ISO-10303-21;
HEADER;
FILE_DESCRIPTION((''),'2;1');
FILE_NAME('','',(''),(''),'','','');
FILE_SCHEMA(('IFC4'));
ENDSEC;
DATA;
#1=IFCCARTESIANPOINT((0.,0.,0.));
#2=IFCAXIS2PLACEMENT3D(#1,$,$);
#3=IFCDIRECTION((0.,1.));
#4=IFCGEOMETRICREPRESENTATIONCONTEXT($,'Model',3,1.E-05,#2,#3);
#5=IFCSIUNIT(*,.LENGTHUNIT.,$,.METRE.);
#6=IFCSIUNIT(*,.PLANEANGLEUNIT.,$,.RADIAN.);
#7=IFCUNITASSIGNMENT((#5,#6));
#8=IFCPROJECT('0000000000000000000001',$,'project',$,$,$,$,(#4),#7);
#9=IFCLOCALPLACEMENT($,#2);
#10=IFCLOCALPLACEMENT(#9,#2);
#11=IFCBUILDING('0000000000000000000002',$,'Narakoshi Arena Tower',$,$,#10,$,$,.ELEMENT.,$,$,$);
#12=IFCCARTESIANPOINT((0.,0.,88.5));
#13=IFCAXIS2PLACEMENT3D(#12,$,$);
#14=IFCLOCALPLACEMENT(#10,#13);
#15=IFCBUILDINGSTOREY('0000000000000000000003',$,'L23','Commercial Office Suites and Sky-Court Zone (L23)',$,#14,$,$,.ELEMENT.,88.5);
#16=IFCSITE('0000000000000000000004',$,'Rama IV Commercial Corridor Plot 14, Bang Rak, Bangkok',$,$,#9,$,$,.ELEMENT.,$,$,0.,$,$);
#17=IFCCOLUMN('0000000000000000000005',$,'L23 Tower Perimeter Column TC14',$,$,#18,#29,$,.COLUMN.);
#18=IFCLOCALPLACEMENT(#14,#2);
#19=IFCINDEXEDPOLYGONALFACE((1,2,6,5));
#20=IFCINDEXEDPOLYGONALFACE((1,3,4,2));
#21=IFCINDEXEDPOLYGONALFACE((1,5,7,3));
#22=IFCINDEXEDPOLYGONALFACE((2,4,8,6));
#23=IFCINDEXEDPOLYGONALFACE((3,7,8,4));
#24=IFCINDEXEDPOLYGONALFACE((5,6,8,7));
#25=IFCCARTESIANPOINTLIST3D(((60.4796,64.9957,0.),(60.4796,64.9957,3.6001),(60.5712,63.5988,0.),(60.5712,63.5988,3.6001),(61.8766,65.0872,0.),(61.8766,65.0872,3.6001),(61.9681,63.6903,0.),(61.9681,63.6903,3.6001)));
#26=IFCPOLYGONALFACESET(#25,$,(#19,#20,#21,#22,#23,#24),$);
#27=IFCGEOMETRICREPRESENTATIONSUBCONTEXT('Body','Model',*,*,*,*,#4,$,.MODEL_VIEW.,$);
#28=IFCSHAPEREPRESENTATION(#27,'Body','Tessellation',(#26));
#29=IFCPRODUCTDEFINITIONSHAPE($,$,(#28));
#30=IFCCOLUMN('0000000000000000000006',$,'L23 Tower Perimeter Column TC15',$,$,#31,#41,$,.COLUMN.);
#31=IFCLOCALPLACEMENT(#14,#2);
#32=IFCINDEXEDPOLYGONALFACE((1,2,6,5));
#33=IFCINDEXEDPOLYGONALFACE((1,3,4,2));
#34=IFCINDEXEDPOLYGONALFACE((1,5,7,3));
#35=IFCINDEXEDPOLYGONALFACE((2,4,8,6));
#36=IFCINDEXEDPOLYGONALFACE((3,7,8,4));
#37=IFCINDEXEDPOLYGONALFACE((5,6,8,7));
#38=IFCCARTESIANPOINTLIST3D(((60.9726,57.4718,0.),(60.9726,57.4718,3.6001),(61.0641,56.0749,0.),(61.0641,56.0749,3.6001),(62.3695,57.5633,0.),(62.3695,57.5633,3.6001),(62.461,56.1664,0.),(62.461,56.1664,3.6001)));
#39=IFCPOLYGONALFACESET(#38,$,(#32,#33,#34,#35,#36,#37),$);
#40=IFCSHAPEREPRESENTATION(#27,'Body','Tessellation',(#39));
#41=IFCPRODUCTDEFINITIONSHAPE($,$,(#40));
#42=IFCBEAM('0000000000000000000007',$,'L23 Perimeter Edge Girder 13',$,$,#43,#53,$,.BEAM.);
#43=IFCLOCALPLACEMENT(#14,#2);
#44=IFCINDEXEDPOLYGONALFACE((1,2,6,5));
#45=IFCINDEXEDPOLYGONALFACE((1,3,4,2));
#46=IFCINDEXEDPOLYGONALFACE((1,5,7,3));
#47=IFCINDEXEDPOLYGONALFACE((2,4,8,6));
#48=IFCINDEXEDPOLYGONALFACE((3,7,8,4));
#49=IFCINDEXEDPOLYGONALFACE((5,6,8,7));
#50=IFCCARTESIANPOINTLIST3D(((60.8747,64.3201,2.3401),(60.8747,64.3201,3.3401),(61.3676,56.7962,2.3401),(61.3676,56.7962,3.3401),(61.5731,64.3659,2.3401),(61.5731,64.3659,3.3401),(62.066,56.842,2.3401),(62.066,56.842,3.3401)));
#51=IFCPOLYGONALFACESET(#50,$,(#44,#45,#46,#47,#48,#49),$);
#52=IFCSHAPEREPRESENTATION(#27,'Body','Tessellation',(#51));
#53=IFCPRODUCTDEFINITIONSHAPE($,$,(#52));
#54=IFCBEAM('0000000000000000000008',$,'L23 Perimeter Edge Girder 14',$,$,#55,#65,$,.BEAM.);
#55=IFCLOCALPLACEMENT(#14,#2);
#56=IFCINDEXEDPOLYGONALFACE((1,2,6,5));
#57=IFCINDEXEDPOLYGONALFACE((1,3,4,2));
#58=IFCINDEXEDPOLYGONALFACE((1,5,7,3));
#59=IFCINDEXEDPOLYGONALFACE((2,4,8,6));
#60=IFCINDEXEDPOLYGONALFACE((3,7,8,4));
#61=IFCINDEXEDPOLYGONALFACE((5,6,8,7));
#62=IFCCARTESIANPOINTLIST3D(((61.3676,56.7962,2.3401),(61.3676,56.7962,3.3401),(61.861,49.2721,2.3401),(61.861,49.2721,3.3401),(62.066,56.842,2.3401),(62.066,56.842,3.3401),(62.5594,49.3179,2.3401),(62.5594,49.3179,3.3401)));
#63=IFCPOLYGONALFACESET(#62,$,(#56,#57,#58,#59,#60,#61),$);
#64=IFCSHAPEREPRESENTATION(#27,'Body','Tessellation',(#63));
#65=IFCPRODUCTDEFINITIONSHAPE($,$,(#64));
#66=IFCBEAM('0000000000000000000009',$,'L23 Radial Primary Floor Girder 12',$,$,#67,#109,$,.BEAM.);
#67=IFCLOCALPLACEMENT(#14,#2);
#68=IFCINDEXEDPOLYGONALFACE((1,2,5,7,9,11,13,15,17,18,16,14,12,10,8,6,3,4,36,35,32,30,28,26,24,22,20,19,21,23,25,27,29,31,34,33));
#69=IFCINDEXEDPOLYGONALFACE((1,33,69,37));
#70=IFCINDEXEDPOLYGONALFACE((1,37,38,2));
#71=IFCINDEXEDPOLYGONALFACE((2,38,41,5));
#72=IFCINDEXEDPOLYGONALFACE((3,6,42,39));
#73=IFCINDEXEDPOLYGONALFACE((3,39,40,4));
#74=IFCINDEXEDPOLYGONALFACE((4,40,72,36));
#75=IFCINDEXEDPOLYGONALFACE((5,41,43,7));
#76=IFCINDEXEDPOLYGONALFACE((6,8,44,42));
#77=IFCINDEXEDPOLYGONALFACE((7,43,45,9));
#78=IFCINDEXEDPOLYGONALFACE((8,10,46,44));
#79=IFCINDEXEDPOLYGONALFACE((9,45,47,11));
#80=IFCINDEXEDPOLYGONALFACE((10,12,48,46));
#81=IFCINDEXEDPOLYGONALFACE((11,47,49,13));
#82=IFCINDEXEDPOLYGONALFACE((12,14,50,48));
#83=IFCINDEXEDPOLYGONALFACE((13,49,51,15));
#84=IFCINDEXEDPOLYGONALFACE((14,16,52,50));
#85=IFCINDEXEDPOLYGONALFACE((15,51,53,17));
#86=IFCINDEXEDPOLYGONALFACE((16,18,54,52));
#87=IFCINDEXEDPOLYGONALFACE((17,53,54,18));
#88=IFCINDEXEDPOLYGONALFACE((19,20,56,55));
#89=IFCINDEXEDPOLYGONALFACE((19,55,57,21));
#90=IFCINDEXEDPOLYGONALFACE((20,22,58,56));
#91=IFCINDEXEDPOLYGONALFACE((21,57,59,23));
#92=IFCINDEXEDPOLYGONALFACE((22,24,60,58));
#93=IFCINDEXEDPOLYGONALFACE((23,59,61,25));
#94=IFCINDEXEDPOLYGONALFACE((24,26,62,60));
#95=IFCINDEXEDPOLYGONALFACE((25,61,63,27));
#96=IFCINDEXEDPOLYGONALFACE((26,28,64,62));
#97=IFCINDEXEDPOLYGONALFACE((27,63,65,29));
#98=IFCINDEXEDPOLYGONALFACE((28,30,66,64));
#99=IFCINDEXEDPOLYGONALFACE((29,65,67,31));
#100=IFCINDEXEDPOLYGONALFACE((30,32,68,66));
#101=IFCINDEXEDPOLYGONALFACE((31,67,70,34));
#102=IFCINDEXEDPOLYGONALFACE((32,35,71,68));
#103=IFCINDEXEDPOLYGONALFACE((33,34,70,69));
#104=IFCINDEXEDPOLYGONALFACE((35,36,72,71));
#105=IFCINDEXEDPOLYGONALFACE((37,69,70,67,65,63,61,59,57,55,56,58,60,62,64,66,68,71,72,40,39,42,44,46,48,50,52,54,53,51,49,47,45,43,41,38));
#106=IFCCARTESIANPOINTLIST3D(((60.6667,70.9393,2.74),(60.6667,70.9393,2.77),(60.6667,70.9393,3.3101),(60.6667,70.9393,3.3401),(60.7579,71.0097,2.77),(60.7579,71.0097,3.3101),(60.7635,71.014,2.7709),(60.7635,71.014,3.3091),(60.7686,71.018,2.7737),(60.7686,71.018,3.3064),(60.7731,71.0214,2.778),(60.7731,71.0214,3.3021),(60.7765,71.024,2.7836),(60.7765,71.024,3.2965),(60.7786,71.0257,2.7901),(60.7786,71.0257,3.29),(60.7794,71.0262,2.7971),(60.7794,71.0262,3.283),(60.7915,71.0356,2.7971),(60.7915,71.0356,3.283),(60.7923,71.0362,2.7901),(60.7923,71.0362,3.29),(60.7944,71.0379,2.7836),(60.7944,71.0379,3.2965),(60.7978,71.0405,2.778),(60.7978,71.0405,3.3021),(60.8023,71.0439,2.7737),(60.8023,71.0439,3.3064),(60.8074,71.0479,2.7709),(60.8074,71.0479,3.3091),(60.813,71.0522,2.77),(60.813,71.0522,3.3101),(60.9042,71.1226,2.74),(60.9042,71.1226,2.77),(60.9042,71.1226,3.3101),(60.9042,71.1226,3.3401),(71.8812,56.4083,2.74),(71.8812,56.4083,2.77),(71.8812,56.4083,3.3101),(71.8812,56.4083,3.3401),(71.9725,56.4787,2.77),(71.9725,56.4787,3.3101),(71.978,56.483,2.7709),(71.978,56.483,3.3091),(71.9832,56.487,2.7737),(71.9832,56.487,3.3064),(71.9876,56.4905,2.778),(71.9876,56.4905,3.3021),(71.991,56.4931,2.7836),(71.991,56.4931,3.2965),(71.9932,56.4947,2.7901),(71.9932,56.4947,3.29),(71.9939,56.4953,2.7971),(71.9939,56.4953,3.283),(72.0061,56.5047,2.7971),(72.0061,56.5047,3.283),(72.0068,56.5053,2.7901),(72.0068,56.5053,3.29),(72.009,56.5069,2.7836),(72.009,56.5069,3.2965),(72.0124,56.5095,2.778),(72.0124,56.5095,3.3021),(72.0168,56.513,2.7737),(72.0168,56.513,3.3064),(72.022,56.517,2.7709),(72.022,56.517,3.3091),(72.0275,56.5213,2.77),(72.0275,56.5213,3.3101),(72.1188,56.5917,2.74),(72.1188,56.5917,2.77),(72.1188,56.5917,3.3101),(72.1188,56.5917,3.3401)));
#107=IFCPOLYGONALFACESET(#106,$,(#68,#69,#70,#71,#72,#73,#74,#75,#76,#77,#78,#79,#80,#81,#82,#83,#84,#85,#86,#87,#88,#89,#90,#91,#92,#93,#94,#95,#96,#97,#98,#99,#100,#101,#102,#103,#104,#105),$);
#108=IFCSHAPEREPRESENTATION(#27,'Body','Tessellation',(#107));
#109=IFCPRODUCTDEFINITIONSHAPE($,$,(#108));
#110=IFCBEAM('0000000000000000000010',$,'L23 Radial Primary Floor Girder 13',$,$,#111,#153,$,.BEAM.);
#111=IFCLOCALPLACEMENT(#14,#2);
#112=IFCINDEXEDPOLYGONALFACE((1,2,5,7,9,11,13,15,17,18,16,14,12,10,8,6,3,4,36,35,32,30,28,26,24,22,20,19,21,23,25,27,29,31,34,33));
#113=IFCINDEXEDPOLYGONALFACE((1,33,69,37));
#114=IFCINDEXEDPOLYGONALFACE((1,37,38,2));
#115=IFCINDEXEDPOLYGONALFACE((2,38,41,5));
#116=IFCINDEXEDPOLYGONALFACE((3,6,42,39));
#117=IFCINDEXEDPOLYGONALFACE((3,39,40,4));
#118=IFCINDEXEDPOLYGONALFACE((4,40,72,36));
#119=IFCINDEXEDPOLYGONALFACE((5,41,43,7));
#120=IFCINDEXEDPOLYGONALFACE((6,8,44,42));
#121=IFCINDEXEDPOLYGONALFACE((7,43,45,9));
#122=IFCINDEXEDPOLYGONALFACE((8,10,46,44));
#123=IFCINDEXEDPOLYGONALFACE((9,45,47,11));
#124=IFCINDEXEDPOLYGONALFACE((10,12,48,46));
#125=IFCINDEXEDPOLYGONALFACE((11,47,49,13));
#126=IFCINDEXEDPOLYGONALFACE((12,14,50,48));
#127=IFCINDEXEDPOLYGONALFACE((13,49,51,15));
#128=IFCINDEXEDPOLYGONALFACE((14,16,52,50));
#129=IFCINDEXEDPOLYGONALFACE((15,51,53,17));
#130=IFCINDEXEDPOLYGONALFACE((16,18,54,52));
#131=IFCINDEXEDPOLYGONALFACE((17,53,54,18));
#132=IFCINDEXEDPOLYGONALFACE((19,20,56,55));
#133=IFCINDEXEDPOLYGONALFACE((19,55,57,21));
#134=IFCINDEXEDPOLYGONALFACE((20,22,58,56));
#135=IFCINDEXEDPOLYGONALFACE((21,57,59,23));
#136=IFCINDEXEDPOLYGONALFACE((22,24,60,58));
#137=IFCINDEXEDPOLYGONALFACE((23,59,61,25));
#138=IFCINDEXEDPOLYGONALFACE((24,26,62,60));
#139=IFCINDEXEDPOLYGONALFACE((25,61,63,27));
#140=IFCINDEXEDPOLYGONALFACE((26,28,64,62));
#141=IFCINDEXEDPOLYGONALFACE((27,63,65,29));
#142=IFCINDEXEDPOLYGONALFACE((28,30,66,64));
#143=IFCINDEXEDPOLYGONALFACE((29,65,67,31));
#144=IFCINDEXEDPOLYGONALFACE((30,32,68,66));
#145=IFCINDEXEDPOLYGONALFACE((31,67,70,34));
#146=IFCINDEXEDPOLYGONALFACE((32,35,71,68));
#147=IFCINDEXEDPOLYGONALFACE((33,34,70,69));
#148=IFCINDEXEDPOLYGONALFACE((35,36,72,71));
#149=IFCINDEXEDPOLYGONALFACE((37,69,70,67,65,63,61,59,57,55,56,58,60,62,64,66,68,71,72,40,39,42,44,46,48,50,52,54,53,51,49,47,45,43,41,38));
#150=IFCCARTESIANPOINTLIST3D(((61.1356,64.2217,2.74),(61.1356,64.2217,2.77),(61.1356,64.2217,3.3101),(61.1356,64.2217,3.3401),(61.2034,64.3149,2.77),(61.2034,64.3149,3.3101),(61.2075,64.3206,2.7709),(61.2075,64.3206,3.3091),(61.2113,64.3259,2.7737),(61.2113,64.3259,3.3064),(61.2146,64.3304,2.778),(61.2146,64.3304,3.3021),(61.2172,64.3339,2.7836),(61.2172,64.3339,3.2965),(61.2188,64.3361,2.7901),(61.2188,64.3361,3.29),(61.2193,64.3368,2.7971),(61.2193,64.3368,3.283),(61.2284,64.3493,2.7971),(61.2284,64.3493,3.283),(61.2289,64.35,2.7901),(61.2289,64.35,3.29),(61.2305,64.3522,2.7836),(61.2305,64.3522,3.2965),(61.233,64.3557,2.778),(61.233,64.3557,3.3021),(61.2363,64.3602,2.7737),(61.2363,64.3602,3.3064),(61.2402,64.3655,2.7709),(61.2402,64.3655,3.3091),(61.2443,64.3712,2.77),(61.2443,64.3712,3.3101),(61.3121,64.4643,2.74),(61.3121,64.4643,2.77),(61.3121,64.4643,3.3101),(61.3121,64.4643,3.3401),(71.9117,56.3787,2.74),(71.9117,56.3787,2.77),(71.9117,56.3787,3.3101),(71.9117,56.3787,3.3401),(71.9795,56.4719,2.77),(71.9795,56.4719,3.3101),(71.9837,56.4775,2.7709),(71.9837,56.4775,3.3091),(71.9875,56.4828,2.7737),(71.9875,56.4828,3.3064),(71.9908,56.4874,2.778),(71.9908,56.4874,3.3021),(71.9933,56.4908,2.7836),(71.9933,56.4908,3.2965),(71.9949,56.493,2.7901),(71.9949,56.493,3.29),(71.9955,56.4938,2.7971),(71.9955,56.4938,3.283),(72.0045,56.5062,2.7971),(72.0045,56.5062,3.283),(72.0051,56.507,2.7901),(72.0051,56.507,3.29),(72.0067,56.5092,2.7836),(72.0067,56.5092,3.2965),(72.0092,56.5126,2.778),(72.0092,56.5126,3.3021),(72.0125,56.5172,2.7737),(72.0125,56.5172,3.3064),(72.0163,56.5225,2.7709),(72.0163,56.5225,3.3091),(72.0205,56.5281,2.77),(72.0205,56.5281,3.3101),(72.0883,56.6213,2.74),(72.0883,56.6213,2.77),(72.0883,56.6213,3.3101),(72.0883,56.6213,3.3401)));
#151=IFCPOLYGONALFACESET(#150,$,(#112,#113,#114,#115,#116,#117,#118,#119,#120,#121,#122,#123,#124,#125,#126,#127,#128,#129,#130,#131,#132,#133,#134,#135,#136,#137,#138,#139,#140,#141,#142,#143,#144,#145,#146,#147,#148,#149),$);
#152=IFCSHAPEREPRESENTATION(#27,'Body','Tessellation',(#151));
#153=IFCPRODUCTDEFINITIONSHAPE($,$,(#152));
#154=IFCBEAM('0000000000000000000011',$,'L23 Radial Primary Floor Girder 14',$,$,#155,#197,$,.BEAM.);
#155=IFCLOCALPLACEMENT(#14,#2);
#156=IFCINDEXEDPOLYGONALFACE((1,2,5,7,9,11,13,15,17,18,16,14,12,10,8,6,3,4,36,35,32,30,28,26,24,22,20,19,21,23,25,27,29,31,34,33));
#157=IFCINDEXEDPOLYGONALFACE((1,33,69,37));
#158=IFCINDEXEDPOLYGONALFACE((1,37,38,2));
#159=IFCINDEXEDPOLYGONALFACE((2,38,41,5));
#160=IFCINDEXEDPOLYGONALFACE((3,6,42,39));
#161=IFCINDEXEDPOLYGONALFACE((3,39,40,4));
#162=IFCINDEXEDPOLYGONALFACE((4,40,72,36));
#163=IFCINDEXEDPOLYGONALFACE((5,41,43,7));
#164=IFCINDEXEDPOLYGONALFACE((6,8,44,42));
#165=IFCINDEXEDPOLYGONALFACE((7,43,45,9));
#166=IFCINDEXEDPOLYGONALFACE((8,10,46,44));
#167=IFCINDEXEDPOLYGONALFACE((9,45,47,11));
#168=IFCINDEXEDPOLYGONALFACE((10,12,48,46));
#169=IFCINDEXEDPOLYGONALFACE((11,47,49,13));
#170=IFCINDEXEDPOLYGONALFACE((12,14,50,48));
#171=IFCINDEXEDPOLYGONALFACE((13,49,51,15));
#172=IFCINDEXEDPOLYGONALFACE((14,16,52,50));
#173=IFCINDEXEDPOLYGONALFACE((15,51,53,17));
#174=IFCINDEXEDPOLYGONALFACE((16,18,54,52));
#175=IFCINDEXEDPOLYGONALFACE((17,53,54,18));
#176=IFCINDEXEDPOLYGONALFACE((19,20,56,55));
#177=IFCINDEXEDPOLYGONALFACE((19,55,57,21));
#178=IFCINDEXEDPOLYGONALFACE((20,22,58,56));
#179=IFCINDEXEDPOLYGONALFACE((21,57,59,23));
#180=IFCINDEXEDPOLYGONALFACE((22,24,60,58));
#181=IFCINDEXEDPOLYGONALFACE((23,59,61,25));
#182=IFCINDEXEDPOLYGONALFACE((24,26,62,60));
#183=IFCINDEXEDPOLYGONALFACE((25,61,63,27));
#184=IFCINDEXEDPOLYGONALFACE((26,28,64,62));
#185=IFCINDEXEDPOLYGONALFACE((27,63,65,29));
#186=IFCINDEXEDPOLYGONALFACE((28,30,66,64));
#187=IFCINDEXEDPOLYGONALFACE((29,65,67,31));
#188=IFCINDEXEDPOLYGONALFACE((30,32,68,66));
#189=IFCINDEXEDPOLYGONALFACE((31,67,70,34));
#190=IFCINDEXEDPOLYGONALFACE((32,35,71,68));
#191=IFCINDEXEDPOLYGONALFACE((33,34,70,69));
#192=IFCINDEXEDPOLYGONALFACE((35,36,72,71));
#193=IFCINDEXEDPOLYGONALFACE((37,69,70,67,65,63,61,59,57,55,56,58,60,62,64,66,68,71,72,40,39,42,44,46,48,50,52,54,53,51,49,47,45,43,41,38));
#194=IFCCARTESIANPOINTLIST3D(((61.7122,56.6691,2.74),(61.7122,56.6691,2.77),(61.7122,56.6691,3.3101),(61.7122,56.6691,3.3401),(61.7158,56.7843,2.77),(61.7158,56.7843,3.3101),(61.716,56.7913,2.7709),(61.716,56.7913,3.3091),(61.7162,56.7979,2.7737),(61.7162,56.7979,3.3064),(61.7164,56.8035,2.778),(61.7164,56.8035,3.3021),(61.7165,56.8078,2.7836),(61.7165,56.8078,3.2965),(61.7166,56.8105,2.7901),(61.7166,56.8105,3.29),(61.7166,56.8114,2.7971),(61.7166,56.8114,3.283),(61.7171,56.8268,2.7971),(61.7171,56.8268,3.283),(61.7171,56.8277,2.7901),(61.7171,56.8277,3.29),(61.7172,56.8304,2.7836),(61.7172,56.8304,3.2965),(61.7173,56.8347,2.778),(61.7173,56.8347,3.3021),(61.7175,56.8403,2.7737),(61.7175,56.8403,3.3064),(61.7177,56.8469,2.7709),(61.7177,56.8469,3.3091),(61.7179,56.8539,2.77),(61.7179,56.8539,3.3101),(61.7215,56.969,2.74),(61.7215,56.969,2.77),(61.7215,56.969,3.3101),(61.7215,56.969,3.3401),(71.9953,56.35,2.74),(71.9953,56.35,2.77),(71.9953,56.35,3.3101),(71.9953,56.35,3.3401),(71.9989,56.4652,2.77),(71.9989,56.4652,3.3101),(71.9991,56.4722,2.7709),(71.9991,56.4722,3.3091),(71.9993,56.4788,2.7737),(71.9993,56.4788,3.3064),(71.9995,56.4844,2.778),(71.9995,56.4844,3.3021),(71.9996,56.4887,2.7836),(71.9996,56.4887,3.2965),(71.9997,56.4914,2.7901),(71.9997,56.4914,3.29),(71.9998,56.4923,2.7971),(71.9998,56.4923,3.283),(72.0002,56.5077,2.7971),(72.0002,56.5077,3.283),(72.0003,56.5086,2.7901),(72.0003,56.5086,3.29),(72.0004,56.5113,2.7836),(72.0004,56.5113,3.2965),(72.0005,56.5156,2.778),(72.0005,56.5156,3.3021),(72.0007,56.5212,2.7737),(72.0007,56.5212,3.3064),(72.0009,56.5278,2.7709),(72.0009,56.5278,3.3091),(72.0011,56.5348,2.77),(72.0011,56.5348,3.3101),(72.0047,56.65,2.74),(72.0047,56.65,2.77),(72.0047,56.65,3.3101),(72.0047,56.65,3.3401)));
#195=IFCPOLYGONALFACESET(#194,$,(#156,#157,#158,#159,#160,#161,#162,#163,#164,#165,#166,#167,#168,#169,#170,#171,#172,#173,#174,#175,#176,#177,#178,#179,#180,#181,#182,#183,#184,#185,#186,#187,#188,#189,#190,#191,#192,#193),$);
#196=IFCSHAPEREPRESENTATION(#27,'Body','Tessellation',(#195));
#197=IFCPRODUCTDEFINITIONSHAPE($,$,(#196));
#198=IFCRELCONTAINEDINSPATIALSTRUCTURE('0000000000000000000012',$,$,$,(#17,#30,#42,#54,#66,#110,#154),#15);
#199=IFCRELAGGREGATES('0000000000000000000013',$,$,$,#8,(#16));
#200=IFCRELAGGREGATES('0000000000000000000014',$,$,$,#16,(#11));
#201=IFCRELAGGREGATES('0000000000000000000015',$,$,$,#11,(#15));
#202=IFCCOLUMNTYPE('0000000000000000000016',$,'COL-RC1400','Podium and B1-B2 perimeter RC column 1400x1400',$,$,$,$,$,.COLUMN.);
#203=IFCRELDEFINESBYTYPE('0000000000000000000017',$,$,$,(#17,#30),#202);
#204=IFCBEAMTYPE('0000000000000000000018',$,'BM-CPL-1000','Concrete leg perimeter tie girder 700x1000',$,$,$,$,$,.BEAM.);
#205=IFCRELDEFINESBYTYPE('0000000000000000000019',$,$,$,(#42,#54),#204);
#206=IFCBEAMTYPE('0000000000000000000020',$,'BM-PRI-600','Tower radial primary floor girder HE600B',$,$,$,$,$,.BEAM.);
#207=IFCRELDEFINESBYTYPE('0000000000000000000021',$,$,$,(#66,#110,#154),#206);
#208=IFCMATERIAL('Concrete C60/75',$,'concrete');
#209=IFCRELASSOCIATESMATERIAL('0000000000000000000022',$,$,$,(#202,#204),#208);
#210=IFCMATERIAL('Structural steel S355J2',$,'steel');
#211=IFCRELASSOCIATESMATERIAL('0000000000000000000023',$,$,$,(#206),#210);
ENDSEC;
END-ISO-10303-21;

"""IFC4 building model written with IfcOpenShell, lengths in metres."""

from ifc_helpers import new_model, si_unit, direction, frame, origin, origin_2d, place, context, subcontext, project, spatial, rectangle, i_section, extrude, material, material_profile, profile_set, type_object, element, save


model = new_model("IFC4")

# Units and contexts
model_context = context("Model", 3, precision=1e-05, world=origin(), true_north=direction((0.0, 1.0)))
body_context = subcontext(model_context, "Body", "Model", "MODEL_VIEW")
ifc_project = project(units=[si_unit("LENGTHUNIT", "METRE"), si_unit("PLANEANGLEUNIT", "RADIAN")], contexts=[model_context])

# Site, building, storey
site_placement = place(None, origin())
site = spatial("IfcSite", under=ifc_project, at=site_placement, Name="Rama IV Commercial Corridor Plot 14, Bang Rak, Bangkok", CompositionType="ELEMENT", RefElevation=0.0)
building_placement = place(site_placement, origin())
building = spatial("IfcBuilding", under=site, at=building_placement, Name="Narakoshi Arena Tower", CompositionType="ELEMENT")
storey_placement = place(building_placement, frame((0.0, 0.0, 88.5)))
storey = spatial("IfcBuildingStorey", under=building, at=storey_placement, Name="L23", Description="Commercial Office Suites and Sky-Court Zone (L23)", CompositionType="ELEMENT", Elevation=88.5)

# Columns
ifc_material_1 = material(Name="Concrete C60/75", Category="concrete")
ifc_material_profile_1 = material_profile(ifc_material_1, rectangle(XDim=1.3999, YDim=1.3999, at=origin_2d()), Name="RC1400x1400")
ifc_profile_set_1 = profile_set([ifc_material_profile_1], Name="Concrete C60/75")
column_type = type_object("IfcColumnType", Name="COL-RC1400", Description="Podium and B1-B2 perimeter RC column 1400x1400", PredefinedType="COLUMN", material=ifc_profile_set_1)
for number, where, z_axis, x_axis, name in (
    (1, (61.2239, 64.343, 0.0), (0.0, 0.0, 1.0), (-0.065403, 0.997859, 0.0), "L23 Tower Perimeter Column TC14"),
    (2, (61.7168, 56.8191, 0.0), (0.0, 0.0, 1.0), (-0.065403, 0.997859, 0.0), "L23 Tower Perimeter Column TC15"),
):
    element("IfcColumn", number, at=place(storey_placement, frame(where, z_axis=z_axis, x_axis=x_axis)), inside=storey, type_object=column_type, Name=name, PredefinedType="COLUMN", context=body_context, shape_type="SweptSolid", body=[
        extrude(rectangle(XDim=1.3999, YDim=1.3999, at=origin_2d()), origin(), (0.0, 0.0, 1.0), 3.6001),
    ])

# Beams
ifc_material_profile_2 = material_profile(ifc_material_1, rectangle(XDim=0.7, YDim=1.0, at=origin_2d()), Name="RCB700x1000")
ifc_profile_set_2 = profile_set([ifc_material_profile_2], Name="Concrete C60/75")
beam_type_1 = type_object("IfcBeamType", Name="BM-CPL-1000", Description="Concrete leg perimeter tie girder 700x1000", PredefinedType="BEAM", material=ifc_profile_set_2)
beam_1_placement = place(storey_placement, frame((61.2239, 64.343, 2.8401), z_axis=(0.065374, -0.997861, 0.0), x_axis=(0.997861, 0.065374, 0.0)))
element("IfcBeam", 3, at=beam_1_placement, inside=storey, type_object=beam_type_1, Name="L23 Perimeter Edge Girder 13", PredefinedType="BEAM", context=body_context, shape_type="SweptSolid", body=[
    extrude(rectangle(XDim=0.7, YDim=1.0, at=origin_2d()), origin(), (0.0, 0.0, 1.0), 7.54),
])
beam_2_placement = place(storey_placement, frame((61.7168, 56.8191, 2.8401), z_axis=(0.065436, -0.997857, 0.0), x_axis=(0.997857, 0.065436, 0.0)))
element("IfcBeam", 4, at=beam_2_placement, inside=storey, type_object=beam_type_1, Name="L23 Perimeter Edge Girder 14", PredefinedType="BEAM", context=body_context, shape_type="SweptSolid", body=[
    extrude(rectangle(XDim=0.7, YDim=1.0, at=origin_2d()), origin(), (0.0, 0.0, 1.0), 7.5403),
])
ifc_material_2 = material(Name="Structural steel S355J2", Category="steel")
ifc_material_profile_3 = material_profile(ifc_material_2, i_section(OverallWidth=0.3, OverallDepth=0.6001, WebThickness=0.0154, FlangeThickness=0.03, FilletRadius=0.0271, at=origin_2d()), Name="HE600B")
ifc_profile_set_3 = profile_set([ifc_material_profile_3], Name="Structural steel S355J2")
beam_type_2 = type_object("IfcBeamType", Name="BM-PRI-600", Description="Tower radial primary floor girder HE600B", PredefinedType="BEAM", material=ifc_profile_set_3)
beam_3_placement = place(storey_placement, frame((72.0, 56.5, 3.04), z_axis=(-0.610973, 0.791651, 0.0), x_axis=(-0.791651, -0.610973, 0.0)))
element("IfcBeam", 5, at=beam_3_placement, inside=storey, type_object=beam_type_2, Name="L23 Radial Primary Floor Girder 12", PredefinedType="BEAM", context=body_context, shape_type="SweptSolid", body=[
    extrude(i_section(OverallWidth=0.3, OverallDepth=0.6001, WebThickness=0.0154, FlangeThickness=0.03, FilletRadius=0.0271, at=origin_2d()), origin(), (0.0, 0.0, 1.0), 18.3552),
])
beam_4_placement = place(storey_placement, frame((72.0, 56.5, 3.04), z_axis=(-0.808528, 0.588458, 0.0), x_axis=(-0.588458, -0.808528, 0.0)))
element("IfcBeam", 6, at=beam_4_placement, inside=storey, type_object=beam_type_2, Name="L23 Radial Primary Floor Girder 13", PredefinedType="BEAM", context=body_context, shape_type="SweptSolid", body=[
    extrude(i_section(OverallWidth=0.3, OverallDepth=0.6001, WebThickness=0.0154, FlangeThickness=0.03, FilletRadius=0.0271, at=origin_2d()), origin(), (0.0, 0.0, 1.0), 13.3281),
])
beam_5_placement = place(storey_placement, frame((72.0, 56.5, 3.04), z_axis=(-0.999519, 0.031015, 0.0), x_axis=(-0.031015, -0.999519, 0.0)))
element("IfcBeam", 7, at=beam_5_placement, inside=storey, type_object=beam_type_2, Name="L23 Radial Primary Floor Girder 14", PredefinedType="BEAM", context=body_context, shape_type="SweptSolid", body=[
    extrude(i_section(OverallWidth=0.3, OverallDepth=0.6001, WebThickness=0.0154, FlangeThickness=0.03, FilletRadius=0.0271, at=origin_2d()), origin(), (0.0, 0.0, 1.0), 10.2881),
])

save(model, "model.ifc")
